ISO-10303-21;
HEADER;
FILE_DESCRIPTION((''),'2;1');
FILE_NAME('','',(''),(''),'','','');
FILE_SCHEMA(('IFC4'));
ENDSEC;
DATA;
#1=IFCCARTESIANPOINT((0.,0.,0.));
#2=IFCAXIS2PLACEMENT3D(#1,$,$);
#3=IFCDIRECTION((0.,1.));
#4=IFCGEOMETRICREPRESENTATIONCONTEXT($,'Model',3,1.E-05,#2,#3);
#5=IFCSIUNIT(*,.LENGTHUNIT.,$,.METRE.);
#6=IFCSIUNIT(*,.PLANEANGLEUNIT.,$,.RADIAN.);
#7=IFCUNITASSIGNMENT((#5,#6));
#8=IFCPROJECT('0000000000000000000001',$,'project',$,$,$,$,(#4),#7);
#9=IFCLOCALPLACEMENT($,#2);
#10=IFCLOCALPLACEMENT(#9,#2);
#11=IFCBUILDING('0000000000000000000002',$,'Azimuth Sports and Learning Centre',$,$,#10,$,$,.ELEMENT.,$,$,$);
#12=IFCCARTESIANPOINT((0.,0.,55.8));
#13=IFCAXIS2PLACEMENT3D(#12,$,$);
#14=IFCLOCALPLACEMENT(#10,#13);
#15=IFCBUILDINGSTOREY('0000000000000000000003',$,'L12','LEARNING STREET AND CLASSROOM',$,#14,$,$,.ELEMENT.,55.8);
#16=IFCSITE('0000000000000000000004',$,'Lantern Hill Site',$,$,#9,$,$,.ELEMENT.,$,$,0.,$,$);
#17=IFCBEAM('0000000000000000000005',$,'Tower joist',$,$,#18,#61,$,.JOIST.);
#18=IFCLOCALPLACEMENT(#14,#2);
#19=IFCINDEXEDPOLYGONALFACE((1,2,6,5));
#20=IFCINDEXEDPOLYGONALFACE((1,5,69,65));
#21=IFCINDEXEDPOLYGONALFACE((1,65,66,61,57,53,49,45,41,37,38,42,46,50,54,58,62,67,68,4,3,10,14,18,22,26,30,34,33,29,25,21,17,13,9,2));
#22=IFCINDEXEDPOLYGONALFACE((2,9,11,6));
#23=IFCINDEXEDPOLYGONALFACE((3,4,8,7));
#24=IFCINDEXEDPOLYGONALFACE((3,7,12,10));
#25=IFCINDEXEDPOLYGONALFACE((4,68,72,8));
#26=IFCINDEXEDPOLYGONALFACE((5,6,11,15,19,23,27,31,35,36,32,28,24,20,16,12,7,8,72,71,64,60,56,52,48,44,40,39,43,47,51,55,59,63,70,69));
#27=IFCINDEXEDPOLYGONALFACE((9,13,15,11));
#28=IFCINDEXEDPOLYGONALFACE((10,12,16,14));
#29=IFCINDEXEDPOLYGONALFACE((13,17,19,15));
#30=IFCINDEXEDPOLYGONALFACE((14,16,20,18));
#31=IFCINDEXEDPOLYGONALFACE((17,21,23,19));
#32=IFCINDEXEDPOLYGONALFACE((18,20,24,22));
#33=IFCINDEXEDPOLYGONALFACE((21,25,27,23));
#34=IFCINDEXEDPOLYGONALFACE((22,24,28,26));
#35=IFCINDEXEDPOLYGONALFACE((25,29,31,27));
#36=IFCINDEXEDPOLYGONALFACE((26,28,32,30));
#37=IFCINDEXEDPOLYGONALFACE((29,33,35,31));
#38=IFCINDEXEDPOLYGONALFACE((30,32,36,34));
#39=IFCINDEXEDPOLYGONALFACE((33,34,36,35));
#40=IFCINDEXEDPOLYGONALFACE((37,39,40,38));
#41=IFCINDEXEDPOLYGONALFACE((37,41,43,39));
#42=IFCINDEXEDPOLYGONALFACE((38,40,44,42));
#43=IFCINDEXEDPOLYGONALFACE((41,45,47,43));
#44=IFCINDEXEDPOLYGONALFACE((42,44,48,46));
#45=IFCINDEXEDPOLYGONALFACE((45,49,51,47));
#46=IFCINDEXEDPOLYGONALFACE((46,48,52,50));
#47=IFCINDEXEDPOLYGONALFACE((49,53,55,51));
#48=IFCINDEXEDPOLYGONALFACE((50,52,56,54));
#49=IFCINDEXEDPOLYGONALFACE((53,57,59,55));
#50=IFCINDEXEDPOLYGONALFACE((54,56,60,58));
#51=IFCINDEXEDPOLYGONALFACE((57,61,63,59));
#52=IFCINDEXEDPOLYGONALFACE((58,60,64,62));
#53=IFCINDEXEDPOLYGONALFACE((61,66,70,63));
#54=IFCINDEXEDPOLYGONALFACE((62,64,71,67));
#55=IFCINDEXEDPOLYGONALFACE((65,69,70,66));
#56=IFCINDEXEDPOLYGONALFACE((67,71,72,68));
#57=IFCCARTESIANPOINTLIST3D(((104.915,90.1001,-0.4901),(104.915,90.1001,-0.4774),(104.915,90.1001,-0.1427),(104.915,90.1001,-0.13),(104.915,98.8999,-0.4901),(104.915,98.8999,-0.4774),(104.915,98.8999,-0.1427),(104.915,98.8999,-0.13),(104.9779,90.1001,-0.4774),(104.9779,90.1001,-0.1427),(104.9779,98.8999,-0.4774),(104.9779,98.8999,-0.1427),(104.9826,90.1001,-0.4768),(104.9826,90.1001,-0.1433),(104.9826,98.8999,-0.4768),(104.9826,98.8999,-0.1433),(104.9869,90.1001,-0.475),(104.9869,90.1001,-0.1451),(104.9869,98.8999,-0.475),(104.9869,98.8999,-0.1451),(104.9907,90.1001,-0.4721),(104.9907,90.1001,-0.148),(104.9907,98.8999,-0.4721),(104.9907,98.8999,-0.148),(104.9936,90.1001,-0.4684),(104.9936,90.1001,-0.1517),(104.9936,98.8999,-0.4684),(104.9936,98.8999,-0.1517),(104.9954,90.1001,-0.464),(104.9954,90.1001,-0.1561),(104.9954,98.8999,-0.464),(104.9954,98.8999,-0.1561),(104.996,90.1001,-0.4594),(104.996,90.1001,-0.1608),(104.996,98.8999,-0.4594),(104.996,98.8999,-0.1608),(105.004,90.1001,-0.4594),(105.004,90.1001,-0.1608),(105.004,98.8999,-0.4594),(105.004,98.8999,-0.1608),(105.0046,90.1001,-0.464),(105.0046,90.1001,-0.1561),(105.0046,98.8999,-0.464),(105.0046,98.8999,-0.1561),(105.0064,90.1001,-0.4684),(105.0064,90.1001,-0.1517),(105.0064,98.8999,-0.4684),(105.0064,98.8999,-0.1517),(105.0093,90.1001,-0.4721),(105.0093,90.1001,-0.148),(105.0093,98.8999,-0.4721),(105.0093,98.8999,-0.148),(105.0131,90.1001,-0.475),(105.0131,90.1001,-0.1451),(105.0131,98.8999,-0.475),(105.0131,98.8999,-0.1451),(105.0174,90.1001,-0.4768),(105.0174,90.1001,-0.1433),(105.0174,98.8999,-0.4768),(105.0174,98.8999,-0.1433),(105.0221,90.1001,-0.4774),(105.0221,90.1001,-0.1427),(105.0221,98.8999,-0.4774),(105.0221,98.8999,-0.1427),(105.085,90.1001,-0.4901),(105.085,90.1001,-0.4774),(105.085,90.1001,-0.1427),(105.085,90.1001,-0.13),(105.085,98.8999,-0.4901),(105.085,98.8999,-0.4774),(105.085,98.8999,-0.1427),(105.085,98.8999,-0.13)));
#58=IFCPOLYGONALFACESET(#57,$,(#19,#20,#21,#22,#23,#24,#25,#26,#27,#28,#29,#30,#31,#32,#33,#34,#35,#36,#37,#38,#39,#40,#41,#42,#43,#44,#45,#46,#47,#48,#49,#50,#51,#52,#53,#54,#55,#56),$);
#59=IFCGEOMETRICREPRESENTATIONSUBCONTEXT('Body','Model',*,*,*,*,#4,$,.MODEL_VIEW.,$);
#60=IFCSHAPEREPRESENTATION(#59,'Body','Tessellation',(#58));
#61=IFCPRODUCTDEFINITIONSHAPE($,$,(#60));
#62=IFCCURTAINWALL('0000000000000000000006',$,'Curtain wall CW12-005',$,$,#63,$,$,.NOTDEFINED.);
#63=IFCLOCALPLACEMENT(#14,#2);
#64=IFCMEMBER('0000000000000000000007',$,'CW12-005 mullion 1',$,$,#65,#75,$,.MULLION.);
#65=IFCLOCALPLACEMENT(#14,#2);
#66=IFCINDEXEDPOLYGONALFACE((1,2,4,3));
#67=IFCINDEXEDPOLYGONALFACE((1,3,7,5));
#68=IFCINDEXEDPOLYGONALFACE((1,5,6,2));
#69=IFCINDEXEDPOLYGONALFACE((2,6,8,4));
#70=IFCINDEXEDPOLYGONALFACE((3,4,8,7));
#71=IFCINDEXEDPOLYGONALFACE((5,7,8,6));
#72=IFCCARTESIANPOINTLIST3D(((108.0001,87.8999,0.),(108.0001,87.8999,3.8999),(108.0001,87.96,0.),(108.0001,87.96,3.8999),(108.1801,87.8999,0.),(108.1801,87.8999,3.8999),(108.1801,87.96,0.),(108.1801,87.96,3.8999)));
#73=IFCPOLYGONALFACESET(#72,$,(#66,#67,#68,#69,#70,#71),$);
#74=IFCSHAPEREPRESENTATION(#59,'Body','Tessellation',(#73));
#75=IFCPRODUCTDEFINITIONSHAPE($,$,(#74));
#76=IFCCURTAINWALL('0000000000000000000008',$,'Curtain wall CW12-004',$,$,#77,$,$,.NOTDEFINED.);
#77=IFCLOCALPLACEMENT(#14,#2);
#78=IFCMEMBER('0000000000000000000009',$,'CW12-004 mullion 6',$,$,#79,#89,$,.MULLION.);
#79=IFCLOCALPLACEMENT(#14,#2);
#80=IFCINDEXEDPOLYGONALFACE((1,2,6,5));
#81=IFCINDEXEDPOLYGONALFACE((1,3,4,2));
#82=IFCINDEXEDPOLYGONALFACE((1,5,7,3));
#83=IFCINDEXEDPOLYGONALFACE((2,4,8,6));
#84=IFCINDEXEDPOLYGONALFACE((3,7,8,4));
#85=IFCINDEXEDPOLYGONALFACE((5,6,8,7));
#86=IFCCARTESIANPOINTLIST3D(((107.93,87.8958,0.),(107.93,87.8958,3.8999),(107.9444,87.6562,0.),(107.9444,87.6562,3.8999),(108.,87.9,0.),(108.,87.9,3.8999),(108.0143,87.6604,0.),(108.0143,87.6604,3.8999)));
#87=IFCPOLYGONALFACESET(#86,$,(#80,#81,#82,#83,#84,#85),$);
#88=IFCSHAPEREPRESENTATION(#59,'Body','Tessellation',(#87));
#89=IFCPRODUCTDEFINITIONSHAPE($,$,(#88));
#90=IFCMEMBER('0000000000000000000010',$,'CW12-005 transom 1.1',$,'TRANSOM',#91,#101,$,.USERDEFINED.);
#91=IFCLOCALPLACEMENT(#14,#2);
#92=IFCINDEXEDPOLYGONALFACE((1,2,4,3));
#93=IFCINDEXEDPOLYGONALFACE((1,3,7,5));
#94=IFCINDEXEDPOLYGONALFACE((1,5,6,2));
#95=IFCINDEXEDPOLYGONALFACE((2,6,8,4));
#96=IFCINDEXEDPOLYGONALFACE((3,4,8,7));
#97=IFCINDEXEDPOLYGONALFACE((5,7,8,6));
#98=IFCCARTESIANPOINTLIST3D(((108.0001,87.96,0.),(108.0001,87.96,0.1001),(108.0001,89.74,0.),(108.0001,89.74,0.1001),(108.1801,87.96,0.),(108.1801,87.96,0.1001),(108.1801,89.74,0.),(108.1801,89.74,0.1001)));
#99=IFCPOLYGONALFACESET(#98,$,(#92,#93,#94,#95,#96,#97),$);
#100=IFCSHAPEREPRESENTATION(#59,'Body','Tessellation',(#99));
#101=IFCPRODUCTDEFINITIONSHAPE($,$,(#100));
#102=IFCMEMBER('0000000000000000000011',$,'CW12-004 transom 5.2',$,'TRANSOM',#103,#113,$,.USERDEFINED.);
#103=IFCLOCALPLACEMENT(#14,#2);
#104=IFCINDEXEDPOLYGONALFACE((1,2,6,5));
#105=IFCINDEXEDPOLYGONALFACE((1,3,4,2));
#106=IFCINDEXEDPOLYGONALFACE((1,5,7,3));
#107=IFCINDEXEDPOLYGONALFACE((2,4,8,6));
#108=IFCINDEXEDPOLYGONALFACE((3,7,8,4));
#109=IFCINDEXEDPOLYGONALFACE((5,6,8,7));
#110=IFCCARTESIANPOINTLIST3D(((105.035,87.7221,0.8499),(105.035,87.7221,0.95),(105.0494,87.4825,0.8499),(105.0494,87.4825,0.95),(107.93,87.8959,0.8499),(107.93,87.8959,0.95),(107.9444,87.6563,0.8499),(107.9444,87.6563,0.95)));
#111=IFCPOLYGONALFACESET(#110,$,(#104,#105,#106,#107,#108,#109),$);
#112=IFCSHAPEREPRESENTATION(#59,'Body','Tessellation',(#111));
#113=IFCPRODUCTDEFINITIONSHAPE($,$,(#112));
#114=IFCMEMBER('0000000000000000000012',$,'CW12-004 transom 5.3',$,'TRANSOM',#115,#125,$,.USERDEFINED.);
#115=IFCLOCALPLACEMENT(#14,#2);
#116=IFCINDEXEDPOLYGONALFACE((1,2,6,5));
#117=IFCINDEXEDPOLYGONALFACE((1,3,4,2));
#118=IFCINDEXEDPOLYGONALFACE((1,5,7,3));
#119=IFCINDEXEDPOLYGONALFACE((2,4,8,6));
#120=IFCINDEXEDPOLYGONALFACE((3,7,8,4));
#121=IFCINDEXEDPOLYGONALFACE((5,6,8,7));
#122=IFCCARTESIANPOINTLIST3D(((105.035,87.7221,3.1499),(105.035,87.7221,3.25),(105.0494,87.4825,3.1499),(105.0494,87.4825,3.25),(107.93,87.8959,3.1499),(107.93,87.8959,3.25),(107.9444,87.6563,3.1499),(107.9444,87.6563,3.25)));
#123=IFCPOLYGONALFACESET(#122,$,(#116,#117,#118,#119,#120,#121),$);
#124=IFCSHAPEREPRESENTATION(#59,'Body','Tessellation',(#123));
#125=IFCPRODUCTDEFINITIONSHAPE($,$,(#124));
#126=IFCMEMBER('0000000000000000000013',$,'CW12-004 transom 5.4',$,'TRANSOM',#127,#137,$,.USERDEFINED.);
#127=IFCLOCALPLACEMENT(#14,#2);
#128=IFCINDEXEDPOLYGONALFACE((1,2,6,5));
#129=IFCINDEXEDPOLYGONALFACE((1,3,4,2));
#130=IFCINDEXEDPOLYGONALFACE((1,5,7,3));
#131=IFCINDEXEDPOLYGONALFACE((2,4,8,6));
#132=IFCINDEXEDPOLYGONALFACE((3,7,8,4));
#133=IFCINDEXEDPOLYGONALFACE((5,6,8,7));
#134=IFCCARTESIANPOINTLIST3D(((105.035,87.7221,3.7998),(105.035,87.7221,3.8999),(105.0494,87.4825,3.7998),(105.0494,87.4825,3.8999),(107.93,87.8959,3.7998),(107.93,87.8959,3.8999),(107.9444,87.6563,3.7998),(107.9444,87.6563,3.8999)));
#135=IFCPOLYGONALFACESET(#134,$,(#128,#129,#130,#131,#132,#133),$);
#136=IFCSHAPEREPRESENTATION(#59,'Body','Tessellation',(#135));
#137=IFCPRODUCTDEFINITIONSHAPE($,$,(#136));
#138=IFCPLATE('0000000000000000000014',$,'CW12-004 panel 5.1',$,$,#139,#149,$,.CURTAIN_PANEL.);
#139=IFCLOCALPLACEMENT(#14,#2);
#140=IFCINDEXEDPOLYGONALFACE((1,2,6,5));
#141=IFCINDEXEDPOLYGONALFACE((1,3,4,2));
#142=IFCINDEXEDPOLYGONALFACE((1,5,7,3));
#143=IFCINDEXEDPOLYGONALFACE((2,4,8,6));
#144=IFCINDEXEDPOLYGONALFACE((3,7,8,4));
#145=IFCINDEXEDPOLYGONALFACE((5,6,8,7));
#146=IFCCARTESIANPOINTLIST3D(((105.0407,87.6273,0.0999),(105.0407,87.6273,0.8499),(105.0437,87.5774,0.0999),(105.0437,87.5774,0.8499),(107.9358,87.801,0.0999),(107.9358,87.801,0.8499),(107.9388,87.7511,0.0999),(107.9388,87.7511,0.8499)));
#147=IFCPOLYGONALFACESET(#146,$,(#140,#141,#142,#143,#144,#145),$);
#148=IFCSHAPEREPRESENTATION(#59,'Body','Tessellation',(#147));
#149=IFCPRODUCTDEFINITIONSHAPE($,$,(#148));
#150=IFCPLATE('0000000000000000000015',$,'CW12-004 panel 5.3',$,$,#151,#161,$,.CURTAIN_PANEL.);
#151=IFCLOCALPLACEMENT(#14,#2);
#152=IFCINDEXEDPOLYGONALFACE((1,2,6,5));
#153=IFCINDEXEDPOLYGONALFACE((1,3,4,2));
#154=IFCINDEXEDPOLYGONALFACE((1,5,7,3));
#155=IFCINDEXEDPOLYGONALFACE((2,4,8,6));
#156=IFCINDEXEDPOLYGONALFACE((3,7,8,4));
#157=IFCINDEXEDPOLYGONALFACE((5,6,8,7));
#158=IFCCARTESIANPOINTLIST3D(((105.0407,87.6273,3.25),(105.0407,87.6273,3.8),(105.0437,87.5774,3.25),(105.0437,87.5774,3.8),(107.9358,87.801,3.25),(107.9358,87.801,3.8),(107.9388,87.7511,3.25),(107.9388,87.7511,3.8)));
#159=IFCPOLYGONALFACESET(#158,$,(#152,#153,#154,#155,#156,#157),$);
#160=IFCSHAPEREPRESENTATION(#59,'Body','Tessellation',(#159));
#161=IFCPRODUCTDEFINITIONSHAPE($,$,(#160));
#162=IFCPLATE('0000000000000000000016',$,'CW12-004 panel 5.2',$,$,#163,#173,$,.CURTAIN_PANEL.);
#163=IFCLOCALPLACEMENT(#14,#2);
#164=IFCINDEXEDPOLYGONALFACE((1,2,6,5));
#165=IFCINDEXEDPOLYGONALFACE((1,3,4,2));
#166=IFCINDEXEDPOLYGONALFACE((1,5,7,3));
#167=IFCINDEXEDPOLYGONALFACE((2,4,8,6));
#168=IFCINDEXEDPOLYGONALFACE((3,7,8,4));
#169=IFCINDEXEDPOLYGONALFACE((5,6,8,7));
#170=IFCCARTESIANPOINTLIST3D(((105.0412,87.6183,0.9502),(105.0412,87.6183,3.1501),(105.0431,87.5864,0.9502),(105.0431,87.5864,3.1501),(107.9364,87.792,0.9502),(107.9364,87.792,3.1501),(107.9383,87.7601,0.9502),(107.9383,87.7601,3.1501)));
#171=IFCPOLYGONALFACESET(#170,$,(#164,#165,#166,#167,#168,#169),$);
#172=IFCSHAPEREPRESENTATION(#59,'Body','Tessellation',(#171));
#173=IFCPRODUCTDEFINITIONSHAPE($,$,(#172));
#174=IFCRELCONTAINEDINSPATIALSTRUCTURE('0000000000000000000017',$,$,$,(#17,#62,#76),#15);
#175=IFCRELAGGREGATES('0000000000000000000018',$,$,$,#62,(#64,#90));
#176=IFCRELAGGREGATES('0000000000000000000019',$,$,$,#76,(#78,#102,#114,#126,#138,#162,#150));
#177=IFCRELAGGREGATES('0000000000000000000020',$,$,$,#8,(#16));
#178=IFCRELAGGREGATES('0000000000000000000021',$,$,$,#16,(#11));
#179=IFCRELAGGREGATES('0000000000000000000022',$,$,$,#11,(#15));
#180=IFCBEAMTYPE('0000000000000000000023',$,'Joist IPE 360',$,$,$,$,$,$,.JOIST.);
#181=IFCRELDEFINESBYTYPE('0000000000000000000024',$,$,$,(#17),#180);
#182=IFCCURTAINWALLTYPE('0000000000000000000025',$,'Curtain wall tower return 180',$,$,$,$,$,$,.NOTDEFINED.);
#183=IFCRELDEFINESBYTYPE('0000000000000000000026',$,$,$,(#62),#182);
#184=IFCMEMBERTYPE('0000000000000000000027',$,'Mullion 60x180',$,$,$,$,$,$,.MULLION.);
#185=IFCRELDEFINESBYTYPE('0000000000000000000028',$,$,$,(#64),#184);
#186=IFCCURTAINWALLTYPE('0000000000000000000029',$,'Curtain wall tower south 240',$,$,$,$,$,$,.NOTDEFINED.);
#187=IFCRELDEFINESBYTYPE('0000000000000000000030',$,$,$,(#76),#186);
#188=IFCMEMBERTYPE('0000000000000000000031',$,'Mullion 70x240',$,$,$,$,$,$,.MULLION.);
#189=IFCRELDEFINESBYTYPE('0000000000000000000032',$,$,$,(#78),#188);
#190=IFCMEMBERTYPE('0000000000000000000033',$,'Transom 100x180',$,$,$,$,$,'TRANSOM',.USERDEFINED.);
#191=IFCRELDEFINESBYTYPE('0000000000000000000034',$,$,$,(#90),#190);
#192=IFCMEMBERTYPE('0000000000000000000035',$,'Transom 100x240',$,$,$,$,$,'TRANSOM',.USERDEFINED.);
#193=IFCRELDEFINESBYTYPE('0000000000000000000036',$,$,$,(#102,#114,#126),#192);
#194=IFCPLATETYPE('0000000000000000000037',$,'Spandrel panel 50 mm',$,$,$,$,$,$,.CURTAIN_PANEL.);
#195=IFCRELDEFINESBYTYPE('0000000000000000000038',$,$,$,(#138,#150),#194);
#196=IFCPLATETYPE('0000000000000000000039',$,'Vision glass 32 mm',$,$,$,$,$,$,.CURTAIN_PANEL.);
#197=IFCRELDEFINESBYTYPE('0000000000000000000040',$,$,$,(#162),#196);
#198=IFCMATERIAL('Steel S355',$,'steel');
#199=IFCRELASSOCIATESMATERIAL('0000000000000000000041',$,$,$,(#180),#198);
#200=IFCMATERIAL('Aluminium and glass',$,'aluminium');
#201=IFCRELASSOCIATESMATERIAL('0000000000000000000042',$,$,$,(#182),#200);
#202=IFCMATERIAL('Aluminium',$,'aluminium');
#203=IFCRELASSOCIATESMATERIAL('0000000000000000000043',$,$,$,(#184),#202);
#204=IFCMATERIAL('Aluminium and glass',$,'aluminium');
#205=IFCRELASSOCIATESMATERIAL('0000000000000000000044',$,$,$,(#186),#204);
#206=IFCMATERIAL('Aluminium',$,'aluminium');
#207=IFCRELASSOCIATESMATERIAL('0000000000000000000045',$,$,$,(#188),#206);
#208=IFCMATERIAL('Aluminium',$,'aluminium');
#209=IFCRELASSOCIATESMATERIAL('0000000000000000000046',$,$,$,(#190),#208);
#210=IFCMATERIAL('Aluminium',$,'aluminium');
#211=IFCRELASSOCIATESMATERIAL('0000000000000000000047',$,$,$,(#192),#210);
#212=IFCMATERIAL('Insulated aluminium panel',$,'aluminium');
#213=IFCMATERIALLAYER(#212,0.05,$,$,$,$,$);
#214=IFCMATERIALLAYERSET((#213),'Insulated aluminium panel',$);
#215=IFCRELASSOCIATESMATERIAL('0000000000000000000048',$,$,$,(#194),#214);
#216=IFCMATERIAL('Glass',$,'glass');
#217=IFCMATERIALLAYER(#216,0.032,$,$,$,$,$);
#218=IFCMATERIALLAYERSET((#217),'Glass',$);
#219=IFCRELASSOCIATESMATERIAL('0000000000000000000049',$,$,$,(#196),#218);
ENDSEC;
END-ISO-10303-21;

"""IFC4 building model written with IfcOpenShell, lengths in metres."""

from ifc_helpers import new_model, si_unit, direction, frame, origin, origin_2d, place, context, subcontext, project, spatial, rectangle, i_section, extrude, material, layer, layer_set, material_profile, profile_set, type_object, element, aggregate, save


model = new_model("IFC4")

# Units and contexts
model_context = context("Model", 3, precision=1e-05, world=origin(), true_north=direction((0.0, 1.0)))
body_context = subcontext(model_context, "Body", "Model", "MODEL_VIEW")
ifc_project = project(units=[si_unit("LENGTHUNIT", "METRE"), si_unit("PLANEANGLEUNIT", "RADIAN")], contexts=[model_context])

# Site, building, storey
site_placement = place(None, origin())
site = spatial("IfcSite", under=ifc_project, at=site_placement, Name="Lantern Hill Site", CompositionType="ELEMENT", RefElevation=0.0)
building_placement = place(site_placement, origin())
building = spatial("IfcBuilding", under=site, at=building_placement, Name="Azimuth Sports and Learning Centre", CompositionType="ELEMENT")
storey_placement = place(building_placement, frame((0.0, 0.0, 55.8)))
storey = spatial("IfcBuildingStorey", under=building, at=storey_placement, Name="L12", Description="LEARNING STREET AND CLASSROOM", CompositionType="ELEMENT", Elevation=55.8)

# Beam
ifc_material_1 = material(Name="Steel S355", Category="steel")
ifc_material_profile_1 = material_profile(ifc_material_1, i_section(OverallWidth=0.1699, OverallDepth=0.3601, WebThickness=0.0081, FlangeThickness=0.0127, FilletRadius=0.0181, at=origin_2d()), Name="IPE 360")
ifc_profile_set_1 = profile_set([ifc_material_profile_1], Name="Steel S355")
beam_type_1 = type_object("IfcBeamType", Name="Joist IPE 360", PredefinedType="JOIST", material=ifc_profile_set_1)
for number, where, z_axis, x_axis, name in (
    (1, (105.0, 90.1001, -0.3101), (0.0, 1.0, 0.0), (-1.0, 0.0, 0.0), "Tower joist"),
):
    element("IfcBeam", number, at=place(storey_placement, frame(where, z_axis=z_axis, x_axis=x_axis)), inside=storey, type_object=beam_type_1, Name=name, PredefinedType="JOIST", context=body_context, shape_type="SweptSolid", body=[
        extrude(i_section(OverallWidth=0.1699, OverallDepth=0.3601, WebThickness=0.0081, FlangeThickness=0.0127, FilletRadius=0.0181, at=origin_2d()), origin(), (0.0, 0.0, 1.0), 8.7998),
    ])

# Curtain walls, members
ifc_material_2 = material(Name="Aluminium and glass", Category="aluminium")
curtain_wall_type_1 = type_object("IfcCurtainWallType", Name="Curtain wall tower return 180", PredefinedType="NOTDEFINED", material=ifc_material_2)
curtain_wall_1_placement = place(storey_placement, origin())
curtain_wall_1 = element("IfcCurtainWall", 2, at=curtain_wall_1_placement, inside=storey, type_object=curtain_wall_type_1, Name="Curtain wall CW12-005", PredefinedType="NOTDEFINED")
ifc_material_3 = material(Name="Aluminium", Category="aluminium")
ifc_material_profile_2 = material_profile(ifc_material_3, rectangle(XDim=0.1799, YDim=0.0601, at=origin_2d()), Name="Mullion 60x180")
ifc_profile_set_2 = profile_set([ifc_material_profile_2], Name="Aluminium")
member_type_1 = type_object("IfcMemberType", Name="Mullion 60x180", PredefinedType="MULLION", material=ifc_profile_set_2)
member_1_placement = place(storey_placement, frame((108.0901, 87.9299, 0.0), z_axis=(0.0, 0.0, 1.0), x_axis=(-1.0, 0.0, 0.0)))
member_1 = element("IfcMember", 3, at=member_1_placement, type_object=member_type_1, Name="CW12-005 mullion 1", PredefinedType="MULLION", context=body_context, shape_type="SweptSolid", body=[
    extrude(rectangle(XDim=0.1799, YDim=0.0601, at=origin_2d()), origin(), (0.0, 0.0, 1.0), 3.8999),
])
ifc_material_4 = material(Name="Aluminium and glass", Category="aluminium")
curtain_wall_type_2 = type_object("IfcCurtainWallType", Name="Curtain wall tower south 240", PredefinedType="NOTDEFINED", material=ifc_material_4)
curtain_wall_2_placement = place(storey_placement, origin())
curtain_wall_2 = element("IfcCurtainWall", 4, at=curtain_wall_2_placement, inside=storey, type_object=curtain_wall_type_2, Name="Curtain wall CW12-004", PredefinedType="NOTDEFINED")
ifc_material_5 = material(Name="Aluminium", Category="aluminium")
ifc_material_profile_3 = material_profile(ifc_material_5, rectangle(XDim=0.24, YDim=0.0701, at=origin_2d()), Name="Mullion 70x240")
ifc_profile_set_3 = profile_set([ifc_material_profile_3], Name="Aluminium")
member_type_2 = type_object("IfcMemberType", Name="Mullion 70x240", PredefinedType="MULLION", material=ifc_profile_set_3)
member_2_placement = place(storey_placement, frame((107.9722, 87.7781, 0.0), z_axis=(0.0, 0.0, 1.0), x_axis=(-0.059892, 0.998205, 0.0)))
member_2 = element("IfcMember", 5, at=member_2_placement, type_object=member_type_2, Name="CW12-004 mullion 6", PredefinedType="MULLION", context=body_context, shape_type="SweptSolid", body=[
    extrude(rectangle(XDim=0.24, YDim=0.0701, at=origin_2d()), origin(), (0.0, 0.0, 1.0), 3.8999),
])

# Members
ifc_material_6 = material(Name="Aluminium", Category="aluminium")
ifc_material_profile_4 = material_profile(ifc_material_6, rectangle(XDim=0.1799, YDim=0.1001, at=origin_2d()), Name="Transom 100x180")
ifc_profile_set_4 = profile_set([ifc_material_profile_4], Name="Aluminium")
member_type_3 = type_object("IfcMemberType", Name="Transom 100x180", ElementType="TRANSOM", PredefinedType="USERDEFINED", material=ifc_profile_set_4)
member_3_placement = place(storey_placement, frame((108.0901, 87.96, 0.05), z_axis=(0.0, 1.0, 0.0), x_axis=(-1.0, 0.0, 0.0)))
member_3 = element("IfcMember", 6, at=member_3_placement, type_object=member_type_3, Name="CW12-005 transom 1.1", ObjectType="TRANSOM", PredefinedType="USERDEFINED", context=body_context, shape_type="SweptSolid", body=[
    extrude(rectangle(XDim=0.1799, YDim=0.1001, at=origin_2d()), origin(), (0.0, 0.0, 1.0), 1.78),
])
aggregate(curtain_wall_1, [member_1, member_3])
ifc_material_7 = material(Name="Aluminium", Category="aluminium")
ifc_material_profile_5 = material_profile(ifc_material_7, rectangle(XDim=0.24, YDim=0.1001, at=origin_2d()), Name="Transom 100x240")
ifc_profile_set_5 = profile_set([ifc_material_profile_5], Name="Aluminium")
member_type_4 = type_object("IfcMemberType", Name="Transom 100x240", ElementType="TRANSOM", PredefinedType="USERDEFINED", material=ifc_profile_set_5)
member_4_placement = place(storey_placement, frame((105.0422, 87.6023, 0.8999), z_axis=(0.998202, 0.059936, 0.0), x_axis=(-0.059936, 0.998202, 0.0)))
member_4 = element("IfcMember", 7, at=member_4_placement, type_object=member_type_4, Name="CW12-004 transom 5.2", ObjectType="TRANSOM", PredefinedType="USERDEFINED", context=body_context, shape_type="SweptSolid", body=[
    extrude(rectangle(XDim=0.24, YDim=0.1001, at=origin_2d()), origin(), (0.0, 0.0, 1.0), 2.9001),
])
member_5_placement = place(storey_placement, frame((105.0422, 87.6023, 3.2), z_axis=(0.998202, 0.059936, 0.0), x_axis=(-0.059936, 0.998202, 0.0)))
member_5 = element("IfcMember", 8, at=member_5_placement, type_object=member_type_4, Name="CW12-004 transom 5.3", ObjectType="TRANSOM", PredefinedType="USERDEFINED", context=body_context, shape_type="SweptSolid", body=[
    extrude(rectangle(XDim=0.24, YDim=0.1001, at=origin_2d()), origin(), (0.0, 0.0, 1.0), 2.9001),
])
member_6_placement = place(storey_placement, frame((105.0422, 87.6023, 3.8499), z_axis=(0.998202, 0.059936, 0.0), x_axis=(-0.059936, 0.998202, 0.0)))
member_6 = element("IfcMember", 9, at=member_6_placement, type_object=member_type_4, Name="CW12-004 transom 5.4", ObjectType="TRANSOM", PredefinedType="USERDEFINED", context=body_context, shape_type="SweptSolid", body=[
    extrude(rectangle(XDim=0.24, YDim=0.1001, at=origin_2d()), origin(), (0.0, 0.0, 1.0), 2.9001),
])

# Plates
ifc_material_8 = material(Name="Insulated aluminium panel", Category="aluminium")
ifc_layer_1 = layer(ifc_material_8, 0.05)
ifc_layer_set_1 = layer_set([ifc_layer_1], Name="Insulated aluminium panel")
plate_type_1 = type_object("IfcPlateType", Name="Spandrel panel 50 mm", PredefinedType="CURTAIN_PANEL", material=ifc_layer_set_1)
plate_1_placement = place(storey_placement, frame((106.4897, 87.6892, 0.0999), z_axis=(0.0, 0.0, 1.0), x_axis=(0.998205, 0.059892, 0.0)))
plate_1 = element("IfcPlate", 10, at=plate_1_placement, type_object=plate_type_1, Name="CW12-004 panel 5.1", PredefinedType="CURTAIN_PANEL", context=body_context, shape_type="SweptSolid", body=[
    extrude(rectangle(XDim=2.9004, YDim=0.05, at=origin_2d()), origin(), (0.0, 0.0, 1.0), 0.75),
])
plate_2_placement = place(storey_placement, frame((106.4897, 87.6892, 3.25), z_axis=(0.0, 0.0, 1.0), x_axis=(0.998205, 0.059892, 0.0)))
plate_2 = element("IfcPlate", 11, at=plate_2_placement, type_object=plate_type_1, Name="CW12-004 panel 5.3", PredefinedType="CURTAIN_PANEL", context=body_context, shape_type="SweptSolid", body=[
    extrude(rectangle(XDim=2.9004, YDim=0.05, at=origin_2d()), origin(), (0.0, 0.0, 1.0), 0.55),
])
ifc_material_9 = material(Name="Glass", Category="glass")
ifc_layer_2 = layer(ifc_material_9, 0.032)
ifc_layer_set_2 = layer_set([ifc_layer_2], Name="Glass")
plate_type_2 = type_object("IfcPlateType", Name="Vision glass 32 mm", PredefinedType="CURTAIN_PANEL", material=ifc_layer_set_2)
plate_3_placement = place(storey_placement, frame((106.4897, 87.6892, 0.9502), z_axis=(0.0, 0.0, 1.0), x_axis=(0.998205, 0.059892, 0.0)))
plate_3 = element("IfcPlate", 12, at=plate_3_placement, type_object=plate_type_2, Name="CW12-004 panel 5.2", PredefinedType="CURTAIN_PANEL", context=body_context, shape_type="SweptSolid", body=[
    extrude(rectangle(XDim=2.9004, YDim=0.032, at=origin_2d()), origin(), (0.0, 0.0, 1.0), 2.2),
])
aggregate(curtain_wall_2, [member_2, member_4, member_5, member_6, plate_1, plate_3, plate_2])

save(model, "model.ifc")
